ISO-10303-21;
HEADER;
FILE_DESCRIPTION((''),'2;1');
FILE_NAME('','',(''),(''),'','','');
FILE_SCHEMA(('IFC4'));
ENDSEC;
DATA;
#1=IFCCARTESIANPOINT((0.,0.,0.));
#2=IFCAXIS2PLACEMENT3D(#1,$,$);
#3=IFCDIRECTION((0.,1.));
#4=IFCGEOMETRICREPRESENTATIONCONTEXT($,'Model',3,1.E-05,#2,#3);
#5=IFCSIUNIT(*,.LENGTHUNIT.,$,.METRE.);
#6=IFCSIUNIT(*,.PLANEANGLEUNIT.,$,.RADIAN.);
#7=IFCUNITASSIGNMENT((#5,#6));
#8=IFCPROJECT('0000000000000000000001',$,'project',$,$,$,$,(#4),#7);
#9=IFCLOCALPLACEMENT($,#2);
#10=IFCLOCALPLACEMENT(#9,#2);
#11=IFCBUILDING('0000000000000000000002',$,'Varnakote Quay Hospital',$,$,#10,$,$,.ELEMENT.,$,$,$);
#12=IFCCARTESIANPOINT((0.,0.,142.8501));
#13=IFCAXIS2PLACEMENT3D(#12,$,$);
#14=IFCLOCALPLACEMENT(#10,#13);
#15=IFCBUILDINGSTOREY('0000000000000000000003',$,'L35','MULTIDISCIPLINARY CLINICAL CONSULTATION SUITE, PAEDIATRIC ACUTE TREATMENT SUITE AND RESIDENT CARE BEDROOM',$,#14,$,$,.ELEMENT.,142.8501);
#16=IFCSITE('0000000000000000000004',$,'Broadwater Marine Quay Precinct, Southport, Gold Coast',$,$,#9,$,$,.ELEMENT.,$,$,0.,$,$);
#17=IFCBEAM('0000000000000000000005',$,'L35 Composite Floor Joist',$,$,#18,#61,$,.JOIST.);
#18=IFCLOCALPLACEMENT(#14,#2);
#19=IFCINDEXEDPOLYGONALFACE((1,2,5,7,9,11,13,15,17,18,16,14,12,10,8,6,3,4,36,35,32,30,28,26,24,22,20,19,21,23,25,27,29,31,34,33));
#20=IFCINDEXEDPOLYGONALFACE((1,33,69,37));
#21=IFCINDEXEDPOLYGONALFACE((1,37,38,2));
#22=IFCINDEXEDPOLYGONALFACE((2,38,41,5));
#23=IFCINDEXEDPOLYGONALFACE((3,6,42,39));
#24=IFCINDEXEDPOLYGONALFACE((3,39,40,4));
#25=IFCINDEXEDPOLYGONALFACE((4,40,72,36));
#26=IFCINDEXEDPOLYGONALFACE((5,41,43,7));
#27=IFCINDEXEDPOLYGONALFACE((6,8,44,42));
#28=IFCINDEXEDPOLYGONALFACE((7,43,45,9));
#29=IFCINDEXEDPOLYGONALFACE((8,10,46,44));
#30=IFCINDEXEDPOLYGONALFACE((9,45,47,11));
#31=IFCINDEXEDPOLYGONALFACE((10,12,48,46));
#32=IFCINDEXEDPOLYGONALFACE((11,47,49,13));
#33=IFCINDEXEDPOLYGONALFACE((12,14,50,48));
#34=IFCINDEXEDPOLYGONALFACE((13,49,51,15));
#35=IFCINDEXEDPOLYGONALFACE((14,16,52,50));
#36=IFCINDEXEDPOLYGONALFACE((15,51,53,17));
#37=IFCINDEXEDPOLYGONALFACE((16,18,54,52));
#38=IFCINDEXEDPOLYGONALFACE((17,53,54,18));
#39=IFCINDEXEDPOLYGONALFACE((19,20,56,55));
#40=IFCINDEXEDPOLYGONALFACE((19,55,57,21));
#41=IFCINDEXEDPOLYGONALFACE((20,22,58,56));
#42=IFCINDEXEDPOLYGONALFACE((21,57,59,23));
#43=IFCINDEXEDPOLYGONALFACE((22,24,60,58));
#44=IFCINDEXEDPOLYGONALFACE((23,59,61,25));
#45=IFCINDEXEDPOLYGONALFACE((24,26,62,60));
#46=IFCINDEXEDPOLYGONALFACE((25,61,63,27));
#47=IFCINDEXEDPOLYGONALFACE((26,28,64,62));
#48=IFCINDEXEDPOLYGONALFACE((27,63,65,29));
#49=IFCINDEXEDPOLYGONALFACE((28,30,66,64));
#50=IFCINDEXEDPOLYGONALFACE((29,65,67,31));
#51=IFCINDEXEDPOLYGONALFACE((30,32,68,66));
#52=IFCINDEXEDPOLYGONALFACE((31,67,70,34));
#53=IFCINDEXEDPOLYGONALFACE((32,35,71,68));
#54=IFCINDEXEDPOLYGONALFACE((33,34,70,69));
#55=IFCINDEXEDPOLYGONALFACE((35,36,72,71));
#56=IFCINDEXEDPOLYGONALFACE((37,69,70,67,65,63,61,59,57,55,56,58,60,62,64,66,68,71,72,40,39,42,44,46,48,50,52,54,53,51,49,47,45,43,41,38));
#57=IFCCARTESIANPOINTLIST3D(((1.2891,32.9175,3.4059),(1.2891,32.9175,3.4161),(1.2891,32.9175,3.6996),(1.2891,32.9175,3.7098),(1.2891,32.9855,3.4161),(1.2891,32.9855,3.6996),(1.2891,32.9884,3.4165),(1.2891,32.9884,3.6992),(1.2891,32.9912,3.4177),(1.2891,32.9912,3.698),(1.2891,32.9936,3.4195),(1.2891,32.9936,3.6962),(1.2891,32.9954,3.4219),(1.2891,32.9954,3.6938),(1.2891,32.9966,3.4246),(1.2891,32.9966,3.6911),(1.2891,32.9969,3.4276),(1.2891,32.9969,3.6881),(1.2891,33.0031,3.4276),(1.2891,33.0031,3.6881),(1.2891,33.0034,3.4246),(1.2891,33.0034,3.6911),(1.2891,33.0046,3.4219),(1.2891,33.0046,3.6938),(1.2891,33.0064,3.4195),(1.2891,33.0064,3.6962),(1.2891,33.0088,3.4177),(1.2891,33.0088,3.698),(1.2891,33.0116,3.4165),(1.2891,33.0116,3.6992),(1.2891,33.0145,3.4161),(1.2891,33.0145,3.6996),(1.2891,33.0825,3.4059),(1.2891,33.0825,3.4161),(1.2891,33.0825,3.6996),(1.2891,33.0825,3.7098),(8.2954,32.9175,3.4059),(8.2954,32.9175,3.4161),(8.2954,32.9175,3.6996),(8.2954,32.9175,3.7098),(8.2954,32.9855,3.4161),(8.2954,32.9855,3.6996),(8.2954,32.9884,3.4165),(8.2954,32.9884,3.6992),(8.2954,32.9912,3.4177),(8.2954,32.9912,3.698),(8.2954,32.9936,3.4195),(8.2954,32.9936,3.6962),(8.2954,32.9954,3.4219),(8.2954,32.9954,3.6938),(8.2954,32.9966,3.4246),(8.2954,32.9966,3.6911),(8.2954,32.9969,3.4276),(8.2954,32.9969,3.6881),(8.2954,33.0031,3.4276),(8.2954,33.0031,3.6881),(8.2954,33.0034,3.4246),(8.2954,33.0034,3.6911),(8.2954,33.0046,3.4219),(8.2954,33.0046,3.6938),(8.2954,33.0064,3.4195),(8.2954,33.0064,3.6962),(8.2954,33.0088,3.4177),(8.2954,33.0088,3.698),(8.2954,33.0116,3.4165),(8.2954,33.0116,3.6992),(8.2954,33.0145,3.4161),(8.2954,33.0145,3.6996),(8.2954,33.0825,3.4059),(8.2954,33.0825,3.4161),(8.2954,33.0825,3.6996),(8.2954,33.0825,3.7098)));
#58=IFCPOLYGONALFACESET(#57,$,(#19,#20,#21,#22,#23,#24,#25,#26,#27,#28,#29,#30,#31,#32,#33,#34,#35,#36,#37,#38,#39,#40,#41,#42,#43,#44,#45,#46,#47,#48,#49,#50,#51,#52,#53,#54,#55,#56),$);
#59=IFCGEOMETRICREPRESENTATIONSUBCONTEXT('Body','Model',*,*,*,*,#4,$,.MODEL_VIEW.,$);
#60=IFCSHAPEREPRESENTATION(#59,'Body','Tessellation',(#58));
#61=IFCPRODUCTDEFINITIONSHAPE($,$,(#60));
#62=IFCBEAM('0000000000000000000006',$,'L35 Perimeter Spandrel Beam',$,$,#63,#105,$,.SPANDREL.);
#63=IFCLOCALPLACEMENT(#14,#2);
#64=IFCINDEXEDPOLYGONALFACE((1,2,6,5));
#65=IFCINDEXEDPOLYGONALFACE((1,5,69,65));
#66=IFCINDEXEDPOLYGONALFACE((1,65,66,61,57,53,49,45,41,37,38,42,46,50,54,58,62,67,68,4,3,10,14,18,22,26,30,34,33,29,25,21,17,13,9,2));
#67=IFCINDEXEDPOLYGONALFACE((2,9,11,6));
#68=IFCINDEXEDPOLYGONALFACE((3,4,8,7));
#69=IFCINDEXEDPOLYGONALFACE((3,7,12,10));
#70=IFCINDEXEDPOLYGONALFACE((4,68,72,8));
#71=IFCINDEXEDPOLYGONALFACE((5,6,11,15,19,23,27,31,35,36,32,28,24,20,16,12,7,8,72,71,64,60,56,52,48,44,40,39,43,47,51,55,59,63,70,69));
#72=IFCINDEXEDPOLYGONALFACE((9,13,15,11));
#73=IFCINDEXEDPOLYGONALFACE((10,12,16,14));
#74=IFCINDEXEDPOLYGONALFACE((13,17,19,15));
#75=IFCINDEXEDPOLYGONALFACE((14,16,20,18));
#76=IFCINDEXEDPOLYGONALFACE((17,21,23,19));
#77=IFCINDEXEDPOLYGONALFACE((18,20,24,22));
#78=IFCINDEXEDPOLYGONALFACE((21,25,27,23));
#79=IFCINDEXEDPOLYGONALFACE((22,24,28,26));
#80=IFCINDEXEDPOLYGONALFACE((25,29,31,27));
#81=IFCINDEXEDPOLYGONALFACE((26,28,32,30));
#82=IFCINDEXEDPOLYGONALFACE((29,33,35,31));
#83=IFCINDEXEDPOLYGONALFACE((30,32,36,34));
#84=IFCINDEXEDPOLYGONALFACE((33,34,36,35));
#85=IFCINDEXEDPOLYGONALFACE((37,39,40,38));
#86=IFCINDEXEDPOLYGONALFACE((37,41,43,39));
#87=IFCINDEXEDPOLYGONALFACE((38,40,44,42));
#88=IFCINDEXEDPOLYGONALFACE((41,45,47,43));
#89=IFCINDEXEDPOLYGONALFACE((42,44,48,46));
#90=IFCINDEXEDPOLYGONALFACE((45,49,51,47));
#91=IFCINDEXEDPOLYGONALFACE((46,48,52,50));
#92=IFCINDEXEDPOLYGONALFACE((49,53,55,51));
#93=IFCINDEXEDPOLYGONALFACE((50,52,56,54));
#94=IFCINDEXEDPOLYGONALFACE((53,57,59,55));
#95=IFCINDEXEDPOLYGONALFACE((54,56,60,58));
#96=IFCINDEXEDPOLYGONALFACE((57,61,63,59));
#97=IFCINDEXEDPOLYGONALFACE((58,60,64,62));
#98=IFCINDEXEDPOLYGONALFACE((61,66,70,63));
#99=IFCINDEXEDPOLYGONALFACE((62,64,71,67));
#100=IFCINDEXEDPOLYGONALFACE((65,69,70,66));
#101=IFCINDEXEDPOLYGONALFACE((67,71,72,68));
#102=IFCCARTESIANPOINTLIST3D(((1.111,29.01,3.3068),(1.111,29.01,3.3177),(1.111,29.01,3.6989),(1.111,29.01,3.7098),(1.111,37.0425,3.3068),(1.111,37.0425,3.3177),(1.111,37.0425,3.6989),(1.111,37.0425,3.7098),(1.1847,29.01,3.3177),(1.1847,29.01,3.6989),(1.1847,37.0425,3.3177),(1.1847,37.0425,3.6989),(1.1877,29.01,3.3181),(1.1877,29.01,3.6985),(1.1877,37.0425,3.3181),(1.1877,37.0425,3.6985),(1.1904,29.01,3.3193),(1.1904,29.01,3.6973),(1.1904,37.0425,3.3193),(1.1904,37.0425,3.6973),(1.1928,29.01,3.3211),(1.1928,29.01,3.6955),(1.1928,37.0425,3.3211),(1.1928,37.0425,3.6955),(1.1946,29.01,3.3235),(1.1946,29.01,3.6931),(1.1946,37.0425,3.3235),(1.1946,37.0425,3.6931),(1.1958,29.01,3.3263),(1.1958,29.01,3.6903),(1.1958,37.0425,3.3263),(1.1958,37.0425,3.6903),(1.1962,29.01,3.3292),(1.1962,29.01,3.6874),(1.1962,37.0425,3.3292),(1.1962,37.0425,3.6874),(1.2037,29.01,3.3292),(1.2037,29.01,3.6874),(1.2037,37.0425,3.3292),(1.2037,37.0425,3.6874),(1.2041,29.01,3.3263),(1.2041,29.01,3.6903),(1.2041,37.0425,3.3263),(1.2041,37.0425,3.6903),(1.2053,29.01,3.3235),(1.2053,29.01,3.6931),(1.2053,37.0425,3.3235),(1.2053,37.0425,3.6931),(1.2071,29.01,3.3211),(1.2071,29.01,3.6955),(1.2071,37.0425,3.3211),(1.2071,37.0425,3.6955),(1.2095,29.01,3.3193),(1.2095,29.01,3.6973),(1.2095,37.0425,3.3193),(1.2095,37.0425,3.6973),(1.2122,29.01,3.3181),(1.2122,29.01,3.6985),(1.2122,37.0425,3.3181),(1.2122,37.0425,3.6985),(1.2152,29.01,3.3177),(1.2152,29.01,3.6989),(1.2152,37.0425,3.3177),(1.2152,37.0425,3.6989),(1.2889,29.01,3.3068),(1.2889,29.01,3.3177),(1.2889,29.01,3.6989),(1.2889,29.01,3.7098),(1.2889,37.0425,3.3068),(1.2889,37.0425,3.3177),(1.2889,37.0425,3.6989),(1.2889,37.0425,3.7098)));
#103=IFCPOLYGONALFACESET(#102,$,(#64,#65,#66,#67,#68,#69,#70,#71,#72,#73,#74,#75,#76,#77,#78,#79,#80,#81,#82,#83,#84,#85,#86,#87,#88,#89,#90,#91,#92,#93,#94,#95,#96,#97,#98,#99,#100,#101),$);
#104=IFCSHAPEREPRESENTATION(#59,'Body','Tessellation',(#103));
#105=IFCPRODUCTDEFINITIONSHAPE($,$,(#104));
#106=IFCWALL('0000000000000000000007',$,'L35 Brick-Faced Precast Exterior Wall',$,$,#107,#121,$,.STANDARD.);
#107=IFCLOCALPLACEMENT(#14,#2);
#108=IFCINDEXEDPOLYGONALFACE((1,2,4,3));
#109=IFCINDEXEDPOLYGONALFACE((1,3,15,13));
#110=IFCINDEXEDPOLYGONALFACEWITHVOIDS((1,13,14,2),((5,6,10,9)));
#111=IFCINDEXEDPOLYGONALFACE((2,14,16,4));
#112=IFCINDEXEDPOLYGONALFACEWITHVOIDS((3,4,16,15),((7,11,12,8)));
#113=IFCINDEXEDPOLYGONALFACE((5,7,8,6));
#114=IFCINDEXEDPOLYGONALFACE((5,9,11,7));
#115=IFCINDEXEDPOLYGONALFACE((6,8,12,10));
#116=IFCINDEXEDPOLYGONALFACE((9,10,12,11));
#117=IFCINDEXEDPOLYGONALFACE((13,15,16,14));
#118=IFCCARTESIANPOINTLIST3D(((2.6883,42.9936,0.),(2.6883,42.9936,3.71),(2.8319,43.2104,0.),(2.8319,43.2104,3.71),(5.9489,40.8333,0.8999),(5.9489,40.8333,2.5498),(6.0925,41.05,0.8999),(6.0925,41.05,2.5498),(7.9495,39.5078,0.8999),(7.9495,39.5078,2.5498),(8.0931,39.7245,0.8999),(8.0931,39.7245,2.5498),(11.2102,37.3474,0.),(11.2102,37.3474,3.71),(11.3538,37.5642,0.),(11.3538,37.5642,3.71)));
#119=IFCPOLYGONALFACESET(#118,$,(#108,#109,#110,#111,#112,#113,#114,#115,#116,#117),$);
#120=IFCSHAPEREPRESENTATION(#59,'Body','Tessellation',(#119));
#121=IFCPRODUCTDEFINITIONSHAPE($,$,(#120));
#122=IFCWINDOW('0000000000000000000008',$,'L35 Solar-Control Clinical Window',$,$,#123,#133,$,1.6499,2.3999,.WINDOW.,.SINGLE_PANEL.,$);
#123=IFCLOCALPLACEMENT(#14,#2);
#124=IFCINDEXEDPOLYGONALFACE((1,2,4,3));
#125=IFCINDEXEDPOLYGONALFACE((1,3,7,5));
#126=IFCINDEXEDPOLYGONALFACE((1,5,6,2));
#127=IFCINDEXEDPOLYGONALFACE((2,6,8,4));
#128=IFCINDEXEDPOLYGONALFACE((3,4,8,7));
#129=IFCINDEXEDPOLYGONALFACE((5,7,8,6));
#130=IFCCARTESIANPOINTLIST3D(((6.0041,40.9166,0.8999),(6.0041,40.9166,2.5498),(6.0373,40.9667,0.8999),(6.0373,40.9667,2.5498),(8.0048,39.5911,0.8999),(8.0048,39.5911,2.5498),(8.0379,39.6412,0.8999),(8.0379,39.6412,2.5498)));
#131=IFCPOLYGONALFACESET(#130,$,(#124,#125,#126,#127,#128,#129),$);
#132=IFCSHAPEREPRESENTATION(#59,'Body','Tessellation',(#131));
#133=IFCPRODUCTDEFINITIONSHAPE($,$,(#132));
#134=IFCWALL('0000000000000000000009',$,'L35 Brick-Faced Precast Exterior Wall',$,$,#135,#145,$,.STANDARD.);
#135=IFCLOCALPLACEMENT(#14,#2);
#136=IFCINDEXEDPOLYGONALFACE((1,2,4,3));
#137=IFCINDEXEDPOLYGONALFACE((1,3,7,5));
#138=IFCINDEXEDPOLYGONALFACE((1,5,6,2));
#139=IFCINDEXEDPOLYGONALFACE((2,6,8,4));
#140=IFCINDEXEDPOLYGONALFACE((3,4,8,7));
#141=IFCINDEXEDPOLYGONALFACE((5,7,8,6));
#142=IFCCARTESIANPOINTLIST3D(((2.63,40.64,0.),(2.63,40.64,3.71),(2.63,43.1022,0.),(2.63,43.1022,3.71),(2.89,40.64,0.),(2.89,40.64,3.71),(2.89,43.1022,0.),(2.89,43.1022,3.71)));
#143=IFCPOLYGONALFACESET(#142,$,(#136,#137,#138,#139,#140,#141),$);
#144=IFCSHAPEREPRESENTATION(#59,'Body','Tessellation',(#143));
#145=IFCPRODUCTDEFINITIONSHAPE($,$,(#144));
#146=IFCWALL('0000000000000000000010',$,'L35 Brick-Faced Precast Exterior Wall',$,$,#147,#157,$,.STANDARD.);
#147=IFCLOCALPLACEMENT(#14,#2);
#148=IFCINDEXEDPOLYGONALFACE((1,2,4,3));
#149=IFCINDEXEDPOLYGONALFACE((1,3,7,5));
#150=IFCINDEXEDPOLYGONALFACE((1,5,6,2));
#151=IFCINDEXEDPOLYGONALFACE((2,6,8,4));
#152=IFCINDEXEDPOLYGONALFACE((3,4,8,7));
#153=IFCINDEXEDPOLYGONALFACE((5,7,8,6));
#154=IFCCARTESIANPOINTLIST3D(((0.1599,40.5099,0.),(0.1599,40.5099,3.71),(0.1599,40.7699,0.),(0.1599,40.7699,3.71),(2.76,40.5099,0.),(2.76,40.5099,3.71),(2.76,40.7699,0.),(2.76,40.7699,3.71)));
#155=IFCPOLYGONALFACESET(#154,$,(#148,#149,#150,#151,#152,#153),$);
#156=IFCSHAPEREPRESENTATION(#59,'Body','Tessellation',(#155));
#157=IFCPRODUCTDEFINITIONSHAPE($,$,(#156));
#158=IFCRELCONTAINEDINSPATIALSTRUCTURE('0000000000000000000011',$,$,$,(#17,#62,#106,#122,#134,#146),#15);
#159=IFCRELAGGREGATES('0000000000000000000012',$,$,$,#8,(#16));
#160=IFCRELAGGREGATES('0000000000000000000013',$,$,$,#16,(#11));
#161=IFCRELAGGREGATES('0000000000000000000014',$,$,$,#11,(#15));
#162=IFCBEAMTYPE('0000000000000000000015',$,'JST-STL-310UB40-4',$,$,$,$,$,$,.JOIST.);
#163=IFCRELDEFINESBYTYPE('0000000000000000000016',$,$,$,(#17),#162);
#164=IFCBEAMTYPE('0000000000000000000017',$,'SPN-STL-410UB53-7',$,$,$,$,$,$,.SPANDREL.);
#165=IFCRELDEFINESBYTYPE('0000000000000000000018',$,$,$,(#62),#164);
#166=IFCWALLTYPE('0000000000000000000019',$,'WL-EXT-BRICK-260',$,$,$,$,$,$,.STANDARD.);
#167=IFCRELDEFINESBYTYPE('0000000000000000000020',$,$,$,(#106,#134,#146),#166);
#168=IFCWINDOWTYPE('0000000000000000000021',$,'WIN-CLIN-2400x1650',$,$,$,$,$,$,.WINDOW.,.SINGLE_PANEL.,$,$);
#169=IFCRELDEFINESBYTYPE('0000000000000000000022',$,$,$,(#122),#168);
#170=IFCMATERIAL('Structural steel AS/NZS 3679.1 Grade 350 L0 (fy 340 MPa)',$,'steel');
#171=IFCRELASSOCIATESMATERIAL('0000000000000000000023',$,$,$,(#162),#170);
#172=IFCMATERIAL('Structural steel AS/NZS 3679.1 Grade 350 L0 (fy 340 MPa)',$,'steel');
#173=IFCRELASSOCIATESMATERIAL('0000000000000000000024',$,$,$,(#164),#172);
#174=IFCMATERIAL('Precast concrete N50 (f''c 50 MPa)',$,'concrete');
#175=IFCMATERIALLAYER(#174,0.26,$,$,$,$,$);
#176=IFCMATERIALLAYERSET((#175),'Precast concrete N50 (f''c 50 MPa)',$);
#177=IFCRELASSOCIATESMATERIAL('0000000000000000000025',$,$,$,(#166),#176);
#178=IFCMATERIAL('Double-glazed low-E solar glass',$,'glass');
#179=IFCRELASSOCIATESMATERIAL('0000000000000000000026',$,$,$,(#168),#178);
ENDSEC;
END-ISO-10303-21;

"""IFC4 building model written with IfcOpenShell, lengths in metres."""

from ifc_helpers import new_model, si_unit, direction, frame, frame_2d, origin, origin_2d, place, context, subcontext, project, spatial, rectangle, i_section, extrude, material, layer, layer_set, material_profile, profile_set, type_object, element, fill, save


model = new_model("IFC4")

# Units and contexts
model_context = context("Model", 3, precision=1e-05, world=origin(), true_north=direction((0.0, 1.0)))
body_context = subcontext(model_context, "Body", "Model", "MODEL_VIEW")
ifc_project = project(units=[si_unit("LENGTHUNIT", "METRE"), si_unit("PLANEANGLEUNIT", "RADIAN")], contexts=[model_context])

# Site, building, storey
site_placement = place(None, origin())
site = spatial("IfcSite", under=ifc_project, at=site_placement, Name="Broadwater Marine Quay Precinct, Southport, Gold Coast", CompositionType="ELEMENT", RefElevation=0.0)
building_placement = place(site_placement, origin())
building = spatial("IfcBuilding", under=site, at=building_placement, Name="Varnakote Quay Hospital", CompositionType="ELEMENT")
storey_placement = place(building_placement, frame((0.0, 0.0, 142.8501)))
storey = spatial("IfcBuildingStorey", under=building, at=storey_placement, Name="L35", Description="MULTIDISCIPLINARY CLINICAL CONSULTATION SUITE, PAEDIATRIC ACUTE TREATMENT SUITE AND RESIDENT CARE BEDROOM", CompositionType="ELEMENT", Elevation=142.8501)

# Beams
ifc_material_1 = material(Name="Structural steel AS/NZS 3679.1 Grade 350 L0 (fy 340 MPa)", Category="steel")
ifc_material_profile_1 = material_profile(ifc_material_1, i_section(OverallWidth=0.165, OverallDepth=0.304, WebThickness=0.0061, FlangeThickness=0.0103, FilletRadius=0.0115, at=origin_2d()), Name="310UB40.4")
ifc_profile_set_1 = profile_set([ifc_material_profile_1], Name="Structural steel AS/NZS 3679.1 Grade 350 L0 (fy 340 MPa)")
beam_type_1 = type_object("IfcBeamType", Name="JST-STL-310UB40-4", PredefinedType="JOIST", material=ifc_profile_set_1)
beam_1_placement = place(storey_placement, frame((1.2891, 33.0, 3.5579), z_axis=(1.0, 0.0, 0.0), x_axis=(0.0, 1.0, 0.0)))
element("IfcBeam", 1, at=beam_1_placement, inside=storey, type_object=beam_type_1, Name="L35 Composite Floor Joist", PredefinedType="JOIST", context=body_context, shape_type="SweptSolid", body=[
    extrude(i_section(OverallWidth=0.165, OverallDepth=0.304, WebThickness=0.0061, FlangeThickness=0.0103, FilletRadius=0.0115, at=origin_2d()), origin(), (0.0, 0.0, 1.0), 7.0063),
])
ifc_material_2 = material(Name="Structural steel AS/NZS 3679.1 Grade 350 L0 (fy 340 MPa)", Category="steel")
ifc_material_profile_2 = material_profile(ifc_material_2, i_section(OverallWidth=0.178, OverallDepth=0.4031, WebThickness=0.0076, FlangeThickness=0.011, FilletRadius=0.0115, at=origin_2d()), Name="410UB53.7")
ifc_profile_set_2 = profile_set([ifc_material_profile_2], Name="Structural steel AS/NZS 3679.1 Grade 350 L0 (fy 340 MPa)")
beam_type_2 = type_object("IfcBeamType", Name="SPN-STL-410UB53-7", PredefinedType="SPANDREL", material=ifc_profile_set_2)
beam_2_placement = place(storey_placement, frame((1.2, 29.01, 3.5083), z_axis=(0.0, 1.0, 0.0), x_axis=(-1.0, 0.0, 0.0)))
element("IfcBeam", 2, at=beam_2_placement, inside=storey, type_object=beam_type_2, Name="L35 Perimeter Spandrel Beam", PredefinedType="SPANDREL", context=body_context, shape_type="SweptSolid", body=[
    extrude(i_section(OverallWidth=0.178, OverallDepth=0.4031, WebThickness=0.0076, FlangeThickness=0.011, FilletRadius=0.0115, at=origin_2d()), origin(), (0.0, 0.0, 1.0), 8.0325),
])

# Wall, opening, window
ifc_material_3 = material(Name="Precast concrete N50 (f'c 50 MPa)", Category="concrete")
ifc_layer_1 = layer(ifc_material_3, 0.26)
ifc_layer_set_1 = layer_set([ifc_layer_1], Name="Precast concrete N50 (f'c 50 MPa)")
wall_type_1 = type_object("IfcWallType", Name="WL-EXT-BRICK-260", PredefinedType="STANDARD", material=ifc_layer_set_1)
wall_1_placement = place(storey_placement, frame((11.282, 37.4558, 0.0), z_axis=(0.0, 0.0, 1.0), x_axis=(-0.83363, 0.552323, 0.0)))
wall_1 = element("IfcWall", 3, at=wall_1_placement, inside=storey, type_object=wall_type_1, Name="L35 Brick-Faced Precast Exterior Wall", PredefinedType="STANDARD", context=body_context, shape_type="SweptSolid", body=[
    extrude(rectangle(XDim=10.2227, YDim=0.26, at=frame_2d((5.1113, 0.0))), origin(), (0.0, 0.0, 1.0), 3.71),
])
opening_1_placement = place(wall_1_placement, frame((3.9114, 0.0, 0.8999)))
opening_1 = element("IfcOpeningElement", 4, at=opening_1_placement, cuts=wall_1, PredefinedType="OPENING", context=body_context, shape_type="SweptSolid", body=[
    extrude(rectangle(XDim=2.3999, YDim=1.6499, at=frame_2d((1.2, 0.825))), frame((0.0, 0.1399, 0.0), z_axis=(0.0, -1.0, 0.0), x_axis=(1.0, 0.0, 0.0)), (0.0, 0.0, 1.0), 0.28),
])
ifc_material_4 = material(Name="Double-glazed low-E solar glass", Category="glass")
window_type = type_object("IfcWindowType", Name="WIN-CLIN-2400x1650", PartitioningType="SINGLE_PANEL", PredefinedType="WINDOW", material=ifc_material_4)
window_placement = place(opening_1_placement, origin())
window = element("IfcWindow", 5, at=window_placement, inside=storey, type_object=window_type, Name="L35 Solar-Control Clinical Window", OverallHeight=1.6499, OverallWidth=2.3999, PartitioningType="SINGLE_PANEL", PredefinedType="WINDOW", context=body_context, shape_type="SweptSolid", body=[
    extrude(rectangle(XDim=2.3999, YDim=1.6499, at=frame_2d((1.2, 0.825))), frame((0.0, 0.03, 0.0), z_axis=(0.0, -1.0, 0.0), x_axis=(1.0, 0.0, 0.0)), (0.0, 0.0, 1.0), 0.0601),
])
fill(opening_1, window)

# Walls
wall_2_placement = place(storey_placement, frame((2.76, 43.1021, 0.0), z_axis=(0.0, 0.0, 1.0), x_axis=(0.0, -1.0, 0.0)))
element("IfcWall", 6, at=wall_2_placement, inside=storey, type_object=wall_type_1, Name="L35 Brick-Faced Precast Exterior Wall", PredefinedType="STANDARD", context=body_context, shape_type="SweptSolid", body=[
    extrude(rectangle(XDim=2.4622, YDim=0.26, at=frame_2d((1.231, 0.0))), origin(), (0.0, 0.0, 1.0), 3.71),
])
wall_3_placement = place(storey_placement, frame((2.76, 40.6399, 0.0), z_axis=(0.0, 0.0, 1.0), x_axis=(-1.0, 0.0, 0.0)))
element("IfcWall", 7, at=wall_3_placement, inside=storey, type_object=wall_type_1, Name="L35 Brick-Faced Precast Exterior Wall", PredefinedType="STANDARD", context=body_context, shape_type="SweptSolid", body=[
    extrude(rectangle(XDim=2.6001, YDim=0.26, at=frame_2d((1.3, 0.0))), origin(), (0.0, 0.0, 1.0), 3.71),
])

save(model, "model.ifc")
